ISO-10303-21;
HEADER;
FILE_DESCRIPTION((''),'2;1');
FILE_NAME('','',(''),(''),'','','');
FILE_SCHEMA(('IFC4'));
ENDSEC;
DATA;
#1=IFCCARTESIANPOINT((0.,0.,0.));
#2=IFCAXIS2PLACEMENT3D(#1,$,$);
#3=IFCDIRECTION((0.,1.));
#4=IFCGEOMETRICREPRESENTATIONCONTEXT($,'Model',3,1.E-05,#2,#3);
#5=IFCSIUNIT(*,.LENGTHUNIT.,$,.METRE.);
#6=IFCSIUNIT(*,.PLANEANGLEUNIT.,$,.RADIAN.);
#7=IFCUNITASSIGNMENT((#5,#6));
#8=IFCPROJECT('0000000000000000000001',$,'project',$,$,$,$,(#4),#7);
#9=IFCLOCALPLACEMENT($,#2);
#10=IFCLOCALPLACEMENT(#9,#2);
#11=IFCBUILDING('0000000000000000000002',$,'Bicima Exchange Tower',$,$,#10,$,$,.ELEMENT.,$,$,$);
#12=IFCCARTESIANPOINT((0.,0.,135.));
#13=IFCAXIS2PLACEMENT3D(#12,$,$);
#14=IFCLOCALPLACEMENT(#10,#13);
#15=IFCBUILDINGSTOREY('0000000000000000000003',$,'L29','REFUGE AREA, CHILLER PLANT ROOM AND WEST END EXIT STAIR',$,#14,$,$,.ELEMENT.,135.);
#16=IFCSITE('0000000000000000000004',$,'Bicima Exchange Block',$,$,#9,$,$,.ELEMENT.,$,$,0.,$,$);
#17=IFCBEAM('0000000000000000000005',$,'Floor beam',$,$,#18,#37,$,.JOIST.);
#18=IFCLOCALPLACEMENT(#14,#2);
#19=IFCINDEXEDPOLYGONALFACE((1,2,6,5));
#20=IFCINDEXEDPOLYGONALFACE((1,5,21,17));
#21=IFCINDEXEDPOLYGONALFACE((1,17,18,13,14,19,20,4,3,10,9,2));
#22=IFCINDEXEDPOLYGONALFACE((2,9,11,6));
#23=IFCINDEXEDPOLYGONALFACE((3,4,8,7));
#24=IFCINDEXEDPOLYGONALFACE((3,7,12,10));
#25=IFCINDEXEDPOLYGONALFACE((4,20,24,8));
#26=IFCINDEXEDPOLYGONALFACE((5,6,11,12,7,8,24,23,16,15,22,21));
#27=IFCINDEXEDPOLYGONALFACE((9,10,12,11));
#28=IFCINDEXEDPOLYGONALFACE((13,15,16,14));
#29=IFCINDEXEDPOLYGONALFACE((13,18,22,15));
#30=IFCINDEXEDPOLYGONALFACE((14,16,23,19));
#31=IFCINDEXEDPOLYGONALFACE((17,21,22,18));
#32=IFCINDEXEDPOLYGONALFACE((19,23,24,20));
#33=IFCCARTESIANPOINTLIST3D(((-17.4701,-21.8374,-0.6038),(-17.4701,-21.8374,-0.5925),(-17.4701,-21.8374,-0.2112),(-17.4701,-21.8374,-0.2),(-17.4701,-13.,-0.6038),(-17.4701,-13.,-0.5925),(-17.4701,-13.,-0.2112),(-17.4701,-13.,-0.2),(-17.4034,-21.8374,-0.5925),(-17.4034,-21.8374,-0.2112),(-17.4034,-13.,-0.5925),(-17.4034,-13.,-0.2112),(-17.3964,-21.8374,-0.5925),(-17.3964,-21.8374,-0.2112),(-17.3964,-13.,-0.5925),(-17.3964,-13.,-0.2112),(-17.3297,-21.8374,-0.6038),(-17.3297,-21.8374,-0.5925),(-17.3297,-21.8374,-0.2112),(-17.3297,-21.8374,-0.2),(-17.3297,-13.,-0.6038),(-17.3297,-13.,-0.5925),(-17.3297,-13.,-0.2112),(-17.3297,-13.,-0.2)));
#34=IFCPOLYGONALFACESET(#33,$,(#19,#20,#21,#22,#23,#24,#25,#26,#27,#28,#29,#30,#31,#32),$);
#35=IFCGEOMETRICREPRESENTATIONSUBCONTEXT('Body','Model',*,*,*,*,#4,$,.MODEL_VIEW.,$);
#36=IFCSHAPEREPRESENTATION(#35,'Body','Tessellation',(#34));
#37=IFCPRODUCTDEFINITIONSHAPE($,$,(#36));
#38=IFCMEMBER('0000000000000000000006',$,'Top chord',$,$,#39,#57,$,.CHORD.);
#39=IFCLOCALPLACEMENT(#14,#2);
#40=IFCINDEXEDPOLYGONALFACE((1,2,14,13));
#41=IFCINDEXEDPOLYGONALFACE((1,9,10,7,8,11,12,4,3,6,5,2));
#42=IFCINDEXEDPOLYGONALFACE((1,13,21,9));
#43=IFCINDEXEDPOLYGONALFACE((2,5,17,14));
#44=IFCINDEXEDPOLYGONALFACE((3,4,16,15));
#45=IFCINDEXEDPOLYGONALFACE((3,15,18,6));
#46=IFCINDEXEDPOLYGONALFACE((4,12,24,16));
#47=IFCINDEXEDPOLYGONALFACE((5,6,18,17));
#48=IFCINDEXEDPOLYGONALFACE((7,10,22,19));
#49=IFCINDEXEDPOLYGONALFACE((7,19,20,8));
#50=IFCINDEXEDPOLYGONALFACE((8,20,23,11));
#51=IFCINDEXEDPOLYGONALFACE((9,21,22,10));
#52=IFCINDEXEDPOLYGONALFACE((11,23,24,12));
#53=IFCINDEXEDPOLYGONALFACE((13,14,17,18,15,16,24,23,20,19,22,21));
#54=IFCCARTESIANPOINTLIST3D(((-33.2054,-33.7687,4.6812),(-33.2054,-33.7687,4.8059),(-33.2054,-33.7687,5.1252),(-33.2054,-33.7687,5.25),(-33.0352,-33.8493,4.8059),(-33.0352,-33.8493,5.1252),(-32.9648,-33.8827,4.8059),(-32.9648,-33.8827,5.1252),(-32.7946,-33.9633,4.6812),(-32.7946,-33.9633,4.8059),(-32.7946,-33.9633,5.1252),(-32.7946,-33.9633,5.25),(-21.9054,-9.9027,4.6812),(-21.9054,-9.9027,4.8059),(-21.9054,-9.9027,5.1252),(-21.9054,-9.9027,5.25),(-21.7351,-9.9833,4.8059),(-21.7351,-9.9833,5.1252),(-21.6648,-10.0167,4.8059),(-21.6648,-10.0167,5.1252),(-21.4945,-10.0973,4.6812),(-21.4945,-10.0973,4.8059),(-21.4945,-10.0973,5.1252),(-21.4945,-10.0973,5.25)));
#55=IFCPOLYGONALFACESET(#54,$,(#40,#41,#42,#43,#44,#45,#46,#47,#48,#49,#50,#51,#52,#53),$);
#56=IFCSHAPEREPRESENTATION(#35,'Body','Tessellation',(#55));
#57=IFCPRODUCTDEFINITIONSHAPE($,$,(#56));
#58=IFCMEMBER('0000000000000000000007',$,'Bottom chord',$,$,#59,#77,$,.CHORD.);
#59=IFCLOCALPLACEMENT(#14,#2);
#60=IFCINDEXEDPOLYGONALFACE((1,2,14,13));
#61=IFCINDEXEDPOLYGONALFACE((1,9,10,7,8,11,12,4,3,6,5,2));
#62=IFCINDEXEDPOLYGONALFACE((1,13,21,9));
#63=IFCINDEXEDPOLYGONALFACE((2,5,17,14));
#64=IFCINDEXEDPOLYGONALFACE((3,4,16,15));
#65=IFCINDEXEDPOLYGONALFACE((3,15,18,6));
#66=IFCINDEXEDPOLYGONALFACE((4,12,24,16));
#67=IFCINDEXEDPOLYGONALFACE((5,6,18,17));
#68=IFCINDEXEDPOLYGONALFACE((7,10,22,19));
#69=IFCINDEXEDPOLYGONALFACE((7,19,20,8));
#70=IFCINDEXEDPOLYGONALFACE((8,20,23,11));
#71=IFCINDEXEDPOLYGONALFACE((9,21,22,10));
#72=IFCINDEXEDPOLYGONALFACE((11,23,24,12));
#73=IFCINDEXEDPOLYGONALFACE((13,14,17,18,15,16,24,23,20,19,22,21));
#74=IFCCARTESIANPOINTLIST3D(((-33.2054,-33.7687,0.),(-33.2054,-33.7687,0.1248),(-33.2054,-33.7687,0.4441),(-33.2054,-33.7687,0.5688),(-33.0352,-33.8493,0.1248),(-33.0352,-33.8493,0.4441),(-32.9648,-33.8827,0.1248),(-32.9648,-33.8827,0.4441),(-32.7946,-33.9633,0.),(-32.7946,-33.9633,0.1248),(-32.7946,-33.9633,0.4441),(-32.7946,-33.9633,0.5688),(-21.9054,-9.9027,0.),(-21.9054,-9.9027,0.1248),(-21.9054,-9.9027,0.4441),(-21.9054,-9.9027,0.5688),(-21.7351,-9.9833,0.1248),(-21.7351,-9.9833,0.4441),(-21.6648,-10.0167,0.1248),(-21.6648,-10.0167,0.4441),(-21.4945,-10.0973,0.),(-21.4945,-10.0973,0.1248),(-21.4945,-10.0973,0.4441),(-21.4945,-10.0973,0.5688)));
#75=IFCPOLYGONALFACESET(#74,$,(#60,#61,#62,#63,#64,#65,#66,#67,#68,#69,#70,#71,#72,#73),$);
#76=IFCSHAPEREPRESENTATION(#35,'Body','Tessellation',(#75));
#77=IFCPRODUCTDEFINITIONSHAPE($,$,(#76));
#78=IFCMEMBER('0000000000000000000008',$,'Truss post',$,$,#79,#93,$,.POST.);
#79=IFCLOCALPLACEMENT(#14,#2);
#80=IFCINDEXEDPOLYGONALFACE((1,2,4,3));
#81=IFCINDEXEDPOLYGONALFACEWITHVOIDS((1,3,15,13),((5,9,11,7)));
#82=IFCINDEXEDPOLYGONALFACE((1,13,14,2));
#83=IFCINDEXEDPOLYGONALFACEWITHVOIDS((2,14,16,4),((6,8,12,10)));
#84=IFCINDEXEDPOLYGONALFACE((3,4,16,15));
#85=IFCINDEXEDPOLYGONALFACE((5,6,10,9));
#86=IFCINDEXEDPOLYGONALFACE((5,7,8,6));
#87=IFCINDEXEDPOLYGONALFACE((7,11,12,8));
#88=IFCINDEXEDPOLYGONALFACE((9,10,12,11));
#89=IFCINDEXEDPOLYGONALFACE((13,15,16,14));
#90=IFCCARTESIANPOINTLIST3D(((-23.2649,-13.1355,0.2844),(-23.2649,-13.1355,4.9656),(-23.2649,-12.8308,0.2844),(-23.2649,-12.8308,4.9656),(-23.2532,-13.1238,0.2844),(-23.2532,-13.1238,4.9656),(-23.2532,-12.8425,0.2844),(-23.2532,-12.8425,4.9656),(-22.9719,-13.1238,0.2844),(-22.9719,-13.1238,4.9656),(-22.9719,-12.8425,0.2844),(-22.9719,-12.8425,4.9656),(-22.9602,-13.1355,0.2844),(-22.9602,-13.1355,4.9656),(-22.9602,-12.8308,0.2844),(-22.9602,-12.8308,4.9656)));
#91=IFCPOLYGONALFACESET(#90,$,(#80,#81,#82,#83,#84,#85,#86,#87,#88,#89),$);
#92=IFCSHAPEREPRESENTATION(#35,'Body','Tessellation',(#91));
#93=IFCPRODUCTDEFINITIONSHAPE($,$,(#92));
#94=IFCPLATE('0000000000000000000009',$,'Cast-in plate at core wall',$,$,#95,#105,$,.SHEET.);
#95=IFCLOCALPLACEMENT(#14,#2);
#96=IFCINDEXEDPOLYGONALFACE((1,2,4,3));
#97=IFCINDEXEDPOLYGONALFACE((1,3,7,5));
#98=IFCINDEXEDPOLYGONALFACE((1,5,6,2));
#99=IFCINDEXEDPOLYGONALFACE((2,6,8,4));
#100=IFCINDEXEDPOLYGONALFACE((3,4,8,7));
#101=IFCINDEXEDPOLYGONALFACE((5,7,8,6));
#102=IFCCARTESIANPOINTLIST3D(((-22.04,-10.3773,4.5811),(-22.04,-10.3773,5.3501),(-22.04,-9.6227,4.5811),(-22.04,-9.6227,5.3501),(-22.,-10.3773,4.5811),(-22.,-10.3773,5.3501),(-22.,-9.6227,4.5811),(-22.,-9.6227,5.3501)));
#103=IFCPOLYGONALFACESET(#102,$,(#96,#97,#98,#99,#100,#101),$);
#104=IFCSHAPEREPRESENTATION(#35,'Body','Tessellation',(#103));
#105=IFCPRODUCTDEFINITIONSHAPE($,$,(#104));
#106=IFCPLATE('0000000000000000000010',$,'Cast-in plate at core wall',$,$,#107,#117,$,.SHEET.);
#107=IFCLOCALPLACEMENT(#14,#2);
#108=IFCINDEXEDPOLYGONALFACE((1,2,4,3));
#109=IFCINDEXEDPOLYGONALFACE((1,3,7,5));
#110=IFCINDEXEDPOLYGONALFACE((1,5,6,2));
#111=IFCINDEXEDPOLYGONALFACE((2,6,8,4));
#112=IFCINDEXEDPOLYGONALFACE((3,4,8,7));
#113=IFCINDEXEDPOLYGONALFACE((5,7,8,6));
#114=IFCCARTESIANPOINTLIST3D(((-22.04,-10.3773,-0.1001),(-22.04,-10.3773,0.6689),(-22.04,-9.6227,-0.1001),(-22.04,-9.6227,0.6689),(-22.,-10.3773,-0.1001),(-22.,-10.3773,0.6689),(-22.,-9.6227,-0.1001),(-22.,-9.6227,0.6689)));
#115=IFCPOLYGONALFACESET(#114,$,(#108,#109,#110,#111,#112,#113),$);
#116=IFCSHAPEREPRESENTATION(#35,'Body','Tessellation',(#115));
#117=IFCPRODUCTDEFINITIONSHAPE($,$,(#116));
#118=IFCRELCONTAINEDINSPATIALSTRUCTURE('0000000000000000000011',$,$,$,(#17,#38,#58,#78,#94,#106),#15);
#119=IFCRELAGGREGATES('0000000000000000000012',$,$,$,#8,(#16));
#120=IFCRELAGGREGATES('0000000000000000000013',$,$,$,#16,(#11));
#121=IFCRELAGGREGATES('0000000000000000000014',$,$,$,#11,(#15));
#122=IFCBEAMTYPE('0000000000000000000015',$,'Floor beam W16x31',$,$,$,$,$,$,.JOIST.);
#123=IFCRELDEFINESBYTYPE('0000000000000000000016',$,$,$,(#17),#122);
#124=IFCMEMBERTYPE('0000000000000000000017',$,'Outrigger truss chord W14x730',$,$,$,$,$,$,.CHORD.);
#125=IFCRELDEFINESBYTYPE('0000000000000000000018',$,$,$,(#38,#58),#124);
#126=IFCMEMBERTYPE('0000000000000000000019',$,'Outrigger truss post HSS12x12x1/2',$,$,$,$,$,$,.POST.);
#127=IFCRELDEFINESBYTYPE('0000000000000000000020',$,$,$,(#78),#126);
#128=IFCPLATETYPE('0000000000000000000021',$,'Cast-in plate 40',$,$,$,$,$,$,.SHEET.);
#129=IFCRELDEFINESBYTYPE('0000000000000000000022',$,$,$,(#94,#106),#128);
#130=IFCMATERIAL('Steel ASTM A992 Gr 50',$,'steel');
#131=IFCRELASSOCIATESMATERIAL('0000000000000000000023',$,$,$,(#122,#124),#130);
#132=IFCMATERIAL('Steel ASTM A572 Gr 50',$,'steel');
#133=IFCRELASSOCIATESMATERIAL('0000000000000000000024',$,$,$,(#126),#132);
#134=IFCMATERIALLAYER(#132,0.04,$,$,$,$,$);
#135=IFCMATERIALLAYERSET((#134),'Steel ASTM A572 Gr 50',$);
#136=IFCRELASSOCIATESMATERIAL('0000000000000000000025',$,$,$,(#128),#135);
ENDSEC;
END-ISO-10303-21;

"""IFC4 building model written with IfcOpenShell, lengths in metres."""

from ifc_helpers import new_model, si_unit, direction, frame, origin, origin_2d, place, context, subcontext, project, spatial, rectangle, hollow_rectangle, i_section, extrude, material, layer, layer_set, material_profile, profile_set, type_object, element, save


model = new_model("IFC4")

# Units and contexts
model_context = context("Model", 3, precision=1e-05, world=origin(), true_north=direction((0.0, 1.0)))
body_context = subcontext(model_context, "Body", "Model", "MODEL_VIEW")
ifc_project = project(units=[si_unit("LENGTHUNIT", "METRE"), si_unit("PLANEANGLEUNIT", "RADIAN")], contexts=[model_context])

# Site, building, storey
site_placement = place(None, origin())
site = spatial("IfcSite", under=ifc_project, at=site_placement, Name="Bicima Exchange Block", CompositionType="ELEMENT", RefElevation=0.0)
building_placement = place(site_placement, origin())
building = spatial("IfcBuilding", under=site, at=building_placement, Name="Bicima Exchange Tower", CompositionType="ELEMENT")
storey_placement = place(building_placement, frame((0.0, 0.0, 135.0)))
storey = spatial("IfcBuildingStorey", under=building, at=storey_placement, Name="L29", Description="REFUGE AREA, CHILLER PLANT ROOM AND WEST END EXIT STAIR", CompositionType="ELEMENT", Elevation=135.0)

# Beam
ifc_material_1 = material(Name="Steel ASTM A992 Gr 50", Category="steel")
ifc_material_profile_1 = material_profile(ifc_material_1, i_section(OverallWidth=0.1404, OverallDepth=0.4038, WebThickness=0.0071, FlangeThickness=0.0112, at=origin_2d()))
ifc_profile_set_1 = profile_set([ifc_material_profile_1], Name="Steel ASTM A992 Gr 50")
beam_type = type_object("IfcBeamType", Name="Floor beam W16x31", PredefinedType="JOIST", material=ifc_profile_set_1)
beam_placement = place(storey_placement, frame((-17.3999, -13.0, -0.4019), z_axis=(0.0, -1.0, 0.0), x_axis=(1.0, 0.0, 0.0)))
element("IfcBeam", 1, at=beam_placement, inside=storey, type_object=beam_type, Name="Floor beam", PredefinedType="JOIST", context=body_context, shape_type="SweptSolid", body=[
    extrude(i_section(OverallWidth=0.1404, OverallDepth=0.4038, WebThickness=0.0071, FlangeThickness=0.0112, at=origin_2d()), origin(), (0.0, 0.0, 1.0), 8.8374),
])

# Members
ifc_material_profile_2 = material_profile(ifc_material_1, i_section(OverallWidth=0.4546, OverallDepth=0.5688, WebThickness=0.0779, FlangeThickness=0.1248, at=origin_2d()))
ifc_profile_set_2 = profile_set([ifc_material_profile_2], Name="Steel ASTM A992 Gr 50")
member_type_1 = type_object("IfcMemberType", Name="Outrigger truss chord W14x730", PredefinedType="CHORD", material=ifc_profile_set_2)
for number, where, z_axis, x_axis, name in (
    (2, (-21.7, -10.0, 4.9656), (-0.427935, -0.903809, 0.0), (0.903809, -0.427935, 0.0), "Top chord"),
    (3, (-21.7, -10.0, 0.2844), (-0.427935, -0.903809, 0.0), (0.903809, -0.427935, 0.0), "Bottom chord"),
):
    element("IfcMember", number, at=place(storey_placement, frame(where, z_axis=z_axis, x_axis=x_axis)), inside=storey, type_object=member_type_1, Name=name, PredefinedType="CHORD", context=body_context, shape_type="SweptSolid", body=[
        extrude(i_section(OverallWidth=0.4546, OverallDepth=0.5688, WebThickness=0.0779, FlangeThickness=0.1248, at=origin_2d()), origin(), (0.0, 0.0, 1.0), 26.406),
    ])
ifc_material_2 = material(Name="Steel ASTM A572 Gr 50", Category="steel")
ifc_material_profile_3 = material_profile(ifc_material_2, hollow_rectangle(XDim=0.3047, YDim=0.3047, WallThickness=0.0117, at=origin_2d()))
ifc_profile_set_3 = profile_set([ifc_material_profile_3], Name="Steel ASTM A572 Gr 50")
member_type_2 = type_object("IfcMemberType", Name="Outrigger truss post HSS12x12x1/2", PredefinedType="POST", material=ifc_profile_set_3)
member_placement = place(storey_placement, frame((-23.1125, -12.9832, 0.2844), z_axis=(0.0, 0.0, 1.0), x_axis=(1.0, 0.0, 0.0)))
element("IfcMember", 4, at=member_placement, inside=storey, type_object=member_type_2, Name="Truss post", PredefinedType="POST", context=body_context, shape_type="SweptSolid", body=[
    extrude(hollow_rectangle(XDim=0.3047, YDim=0.3047, WallThickness=0.0117, at=origin_2d()), origin(), (0.0, 0.0, 1.0), 4.6812),
])

# Plates
ifc_layer_1 = layer(ifc_material_2, 0.04)
ifc_layer_set_1 = layer_set([ifc_layer_1], Name="Steel ASTM A572 Gr 50")
plate_type = type_object("IfcPlateType", Name="Cast-in plate 40", PredefinedType="SHEET", material=ifc_layer_set_1)
for number, where, z_axis, x_axis, name in (
    (5, (-22.02, -10.0, 4.5811), (0.0, 0.0, 1.0), (1.0, 0.0, 0.0), "Cast-in plate at core wall"),
    (6, (-22.02, -10.0, -0.1001), (0.0, 0.0, 1.0), (1.0, 0.0, 0.0), "Cast-in plate at core wall"),
):
    element("IfcPlate", number, at=place(storey_placement, frame(where, z_axis=z_axis, x_axis=x_axis)), inside=storey, type_object=plate_type, Name=name, PredefinedType="SHEET", context=body_context, shape_type="SweptSolid", body=[
        extrude(rectangle(XDim=0.04, YDim=0.7546, at=origin_2d()), origin(), (0.0, 0.0, 1.0), 0.769),
    ])

save(model, "model.ifc")
